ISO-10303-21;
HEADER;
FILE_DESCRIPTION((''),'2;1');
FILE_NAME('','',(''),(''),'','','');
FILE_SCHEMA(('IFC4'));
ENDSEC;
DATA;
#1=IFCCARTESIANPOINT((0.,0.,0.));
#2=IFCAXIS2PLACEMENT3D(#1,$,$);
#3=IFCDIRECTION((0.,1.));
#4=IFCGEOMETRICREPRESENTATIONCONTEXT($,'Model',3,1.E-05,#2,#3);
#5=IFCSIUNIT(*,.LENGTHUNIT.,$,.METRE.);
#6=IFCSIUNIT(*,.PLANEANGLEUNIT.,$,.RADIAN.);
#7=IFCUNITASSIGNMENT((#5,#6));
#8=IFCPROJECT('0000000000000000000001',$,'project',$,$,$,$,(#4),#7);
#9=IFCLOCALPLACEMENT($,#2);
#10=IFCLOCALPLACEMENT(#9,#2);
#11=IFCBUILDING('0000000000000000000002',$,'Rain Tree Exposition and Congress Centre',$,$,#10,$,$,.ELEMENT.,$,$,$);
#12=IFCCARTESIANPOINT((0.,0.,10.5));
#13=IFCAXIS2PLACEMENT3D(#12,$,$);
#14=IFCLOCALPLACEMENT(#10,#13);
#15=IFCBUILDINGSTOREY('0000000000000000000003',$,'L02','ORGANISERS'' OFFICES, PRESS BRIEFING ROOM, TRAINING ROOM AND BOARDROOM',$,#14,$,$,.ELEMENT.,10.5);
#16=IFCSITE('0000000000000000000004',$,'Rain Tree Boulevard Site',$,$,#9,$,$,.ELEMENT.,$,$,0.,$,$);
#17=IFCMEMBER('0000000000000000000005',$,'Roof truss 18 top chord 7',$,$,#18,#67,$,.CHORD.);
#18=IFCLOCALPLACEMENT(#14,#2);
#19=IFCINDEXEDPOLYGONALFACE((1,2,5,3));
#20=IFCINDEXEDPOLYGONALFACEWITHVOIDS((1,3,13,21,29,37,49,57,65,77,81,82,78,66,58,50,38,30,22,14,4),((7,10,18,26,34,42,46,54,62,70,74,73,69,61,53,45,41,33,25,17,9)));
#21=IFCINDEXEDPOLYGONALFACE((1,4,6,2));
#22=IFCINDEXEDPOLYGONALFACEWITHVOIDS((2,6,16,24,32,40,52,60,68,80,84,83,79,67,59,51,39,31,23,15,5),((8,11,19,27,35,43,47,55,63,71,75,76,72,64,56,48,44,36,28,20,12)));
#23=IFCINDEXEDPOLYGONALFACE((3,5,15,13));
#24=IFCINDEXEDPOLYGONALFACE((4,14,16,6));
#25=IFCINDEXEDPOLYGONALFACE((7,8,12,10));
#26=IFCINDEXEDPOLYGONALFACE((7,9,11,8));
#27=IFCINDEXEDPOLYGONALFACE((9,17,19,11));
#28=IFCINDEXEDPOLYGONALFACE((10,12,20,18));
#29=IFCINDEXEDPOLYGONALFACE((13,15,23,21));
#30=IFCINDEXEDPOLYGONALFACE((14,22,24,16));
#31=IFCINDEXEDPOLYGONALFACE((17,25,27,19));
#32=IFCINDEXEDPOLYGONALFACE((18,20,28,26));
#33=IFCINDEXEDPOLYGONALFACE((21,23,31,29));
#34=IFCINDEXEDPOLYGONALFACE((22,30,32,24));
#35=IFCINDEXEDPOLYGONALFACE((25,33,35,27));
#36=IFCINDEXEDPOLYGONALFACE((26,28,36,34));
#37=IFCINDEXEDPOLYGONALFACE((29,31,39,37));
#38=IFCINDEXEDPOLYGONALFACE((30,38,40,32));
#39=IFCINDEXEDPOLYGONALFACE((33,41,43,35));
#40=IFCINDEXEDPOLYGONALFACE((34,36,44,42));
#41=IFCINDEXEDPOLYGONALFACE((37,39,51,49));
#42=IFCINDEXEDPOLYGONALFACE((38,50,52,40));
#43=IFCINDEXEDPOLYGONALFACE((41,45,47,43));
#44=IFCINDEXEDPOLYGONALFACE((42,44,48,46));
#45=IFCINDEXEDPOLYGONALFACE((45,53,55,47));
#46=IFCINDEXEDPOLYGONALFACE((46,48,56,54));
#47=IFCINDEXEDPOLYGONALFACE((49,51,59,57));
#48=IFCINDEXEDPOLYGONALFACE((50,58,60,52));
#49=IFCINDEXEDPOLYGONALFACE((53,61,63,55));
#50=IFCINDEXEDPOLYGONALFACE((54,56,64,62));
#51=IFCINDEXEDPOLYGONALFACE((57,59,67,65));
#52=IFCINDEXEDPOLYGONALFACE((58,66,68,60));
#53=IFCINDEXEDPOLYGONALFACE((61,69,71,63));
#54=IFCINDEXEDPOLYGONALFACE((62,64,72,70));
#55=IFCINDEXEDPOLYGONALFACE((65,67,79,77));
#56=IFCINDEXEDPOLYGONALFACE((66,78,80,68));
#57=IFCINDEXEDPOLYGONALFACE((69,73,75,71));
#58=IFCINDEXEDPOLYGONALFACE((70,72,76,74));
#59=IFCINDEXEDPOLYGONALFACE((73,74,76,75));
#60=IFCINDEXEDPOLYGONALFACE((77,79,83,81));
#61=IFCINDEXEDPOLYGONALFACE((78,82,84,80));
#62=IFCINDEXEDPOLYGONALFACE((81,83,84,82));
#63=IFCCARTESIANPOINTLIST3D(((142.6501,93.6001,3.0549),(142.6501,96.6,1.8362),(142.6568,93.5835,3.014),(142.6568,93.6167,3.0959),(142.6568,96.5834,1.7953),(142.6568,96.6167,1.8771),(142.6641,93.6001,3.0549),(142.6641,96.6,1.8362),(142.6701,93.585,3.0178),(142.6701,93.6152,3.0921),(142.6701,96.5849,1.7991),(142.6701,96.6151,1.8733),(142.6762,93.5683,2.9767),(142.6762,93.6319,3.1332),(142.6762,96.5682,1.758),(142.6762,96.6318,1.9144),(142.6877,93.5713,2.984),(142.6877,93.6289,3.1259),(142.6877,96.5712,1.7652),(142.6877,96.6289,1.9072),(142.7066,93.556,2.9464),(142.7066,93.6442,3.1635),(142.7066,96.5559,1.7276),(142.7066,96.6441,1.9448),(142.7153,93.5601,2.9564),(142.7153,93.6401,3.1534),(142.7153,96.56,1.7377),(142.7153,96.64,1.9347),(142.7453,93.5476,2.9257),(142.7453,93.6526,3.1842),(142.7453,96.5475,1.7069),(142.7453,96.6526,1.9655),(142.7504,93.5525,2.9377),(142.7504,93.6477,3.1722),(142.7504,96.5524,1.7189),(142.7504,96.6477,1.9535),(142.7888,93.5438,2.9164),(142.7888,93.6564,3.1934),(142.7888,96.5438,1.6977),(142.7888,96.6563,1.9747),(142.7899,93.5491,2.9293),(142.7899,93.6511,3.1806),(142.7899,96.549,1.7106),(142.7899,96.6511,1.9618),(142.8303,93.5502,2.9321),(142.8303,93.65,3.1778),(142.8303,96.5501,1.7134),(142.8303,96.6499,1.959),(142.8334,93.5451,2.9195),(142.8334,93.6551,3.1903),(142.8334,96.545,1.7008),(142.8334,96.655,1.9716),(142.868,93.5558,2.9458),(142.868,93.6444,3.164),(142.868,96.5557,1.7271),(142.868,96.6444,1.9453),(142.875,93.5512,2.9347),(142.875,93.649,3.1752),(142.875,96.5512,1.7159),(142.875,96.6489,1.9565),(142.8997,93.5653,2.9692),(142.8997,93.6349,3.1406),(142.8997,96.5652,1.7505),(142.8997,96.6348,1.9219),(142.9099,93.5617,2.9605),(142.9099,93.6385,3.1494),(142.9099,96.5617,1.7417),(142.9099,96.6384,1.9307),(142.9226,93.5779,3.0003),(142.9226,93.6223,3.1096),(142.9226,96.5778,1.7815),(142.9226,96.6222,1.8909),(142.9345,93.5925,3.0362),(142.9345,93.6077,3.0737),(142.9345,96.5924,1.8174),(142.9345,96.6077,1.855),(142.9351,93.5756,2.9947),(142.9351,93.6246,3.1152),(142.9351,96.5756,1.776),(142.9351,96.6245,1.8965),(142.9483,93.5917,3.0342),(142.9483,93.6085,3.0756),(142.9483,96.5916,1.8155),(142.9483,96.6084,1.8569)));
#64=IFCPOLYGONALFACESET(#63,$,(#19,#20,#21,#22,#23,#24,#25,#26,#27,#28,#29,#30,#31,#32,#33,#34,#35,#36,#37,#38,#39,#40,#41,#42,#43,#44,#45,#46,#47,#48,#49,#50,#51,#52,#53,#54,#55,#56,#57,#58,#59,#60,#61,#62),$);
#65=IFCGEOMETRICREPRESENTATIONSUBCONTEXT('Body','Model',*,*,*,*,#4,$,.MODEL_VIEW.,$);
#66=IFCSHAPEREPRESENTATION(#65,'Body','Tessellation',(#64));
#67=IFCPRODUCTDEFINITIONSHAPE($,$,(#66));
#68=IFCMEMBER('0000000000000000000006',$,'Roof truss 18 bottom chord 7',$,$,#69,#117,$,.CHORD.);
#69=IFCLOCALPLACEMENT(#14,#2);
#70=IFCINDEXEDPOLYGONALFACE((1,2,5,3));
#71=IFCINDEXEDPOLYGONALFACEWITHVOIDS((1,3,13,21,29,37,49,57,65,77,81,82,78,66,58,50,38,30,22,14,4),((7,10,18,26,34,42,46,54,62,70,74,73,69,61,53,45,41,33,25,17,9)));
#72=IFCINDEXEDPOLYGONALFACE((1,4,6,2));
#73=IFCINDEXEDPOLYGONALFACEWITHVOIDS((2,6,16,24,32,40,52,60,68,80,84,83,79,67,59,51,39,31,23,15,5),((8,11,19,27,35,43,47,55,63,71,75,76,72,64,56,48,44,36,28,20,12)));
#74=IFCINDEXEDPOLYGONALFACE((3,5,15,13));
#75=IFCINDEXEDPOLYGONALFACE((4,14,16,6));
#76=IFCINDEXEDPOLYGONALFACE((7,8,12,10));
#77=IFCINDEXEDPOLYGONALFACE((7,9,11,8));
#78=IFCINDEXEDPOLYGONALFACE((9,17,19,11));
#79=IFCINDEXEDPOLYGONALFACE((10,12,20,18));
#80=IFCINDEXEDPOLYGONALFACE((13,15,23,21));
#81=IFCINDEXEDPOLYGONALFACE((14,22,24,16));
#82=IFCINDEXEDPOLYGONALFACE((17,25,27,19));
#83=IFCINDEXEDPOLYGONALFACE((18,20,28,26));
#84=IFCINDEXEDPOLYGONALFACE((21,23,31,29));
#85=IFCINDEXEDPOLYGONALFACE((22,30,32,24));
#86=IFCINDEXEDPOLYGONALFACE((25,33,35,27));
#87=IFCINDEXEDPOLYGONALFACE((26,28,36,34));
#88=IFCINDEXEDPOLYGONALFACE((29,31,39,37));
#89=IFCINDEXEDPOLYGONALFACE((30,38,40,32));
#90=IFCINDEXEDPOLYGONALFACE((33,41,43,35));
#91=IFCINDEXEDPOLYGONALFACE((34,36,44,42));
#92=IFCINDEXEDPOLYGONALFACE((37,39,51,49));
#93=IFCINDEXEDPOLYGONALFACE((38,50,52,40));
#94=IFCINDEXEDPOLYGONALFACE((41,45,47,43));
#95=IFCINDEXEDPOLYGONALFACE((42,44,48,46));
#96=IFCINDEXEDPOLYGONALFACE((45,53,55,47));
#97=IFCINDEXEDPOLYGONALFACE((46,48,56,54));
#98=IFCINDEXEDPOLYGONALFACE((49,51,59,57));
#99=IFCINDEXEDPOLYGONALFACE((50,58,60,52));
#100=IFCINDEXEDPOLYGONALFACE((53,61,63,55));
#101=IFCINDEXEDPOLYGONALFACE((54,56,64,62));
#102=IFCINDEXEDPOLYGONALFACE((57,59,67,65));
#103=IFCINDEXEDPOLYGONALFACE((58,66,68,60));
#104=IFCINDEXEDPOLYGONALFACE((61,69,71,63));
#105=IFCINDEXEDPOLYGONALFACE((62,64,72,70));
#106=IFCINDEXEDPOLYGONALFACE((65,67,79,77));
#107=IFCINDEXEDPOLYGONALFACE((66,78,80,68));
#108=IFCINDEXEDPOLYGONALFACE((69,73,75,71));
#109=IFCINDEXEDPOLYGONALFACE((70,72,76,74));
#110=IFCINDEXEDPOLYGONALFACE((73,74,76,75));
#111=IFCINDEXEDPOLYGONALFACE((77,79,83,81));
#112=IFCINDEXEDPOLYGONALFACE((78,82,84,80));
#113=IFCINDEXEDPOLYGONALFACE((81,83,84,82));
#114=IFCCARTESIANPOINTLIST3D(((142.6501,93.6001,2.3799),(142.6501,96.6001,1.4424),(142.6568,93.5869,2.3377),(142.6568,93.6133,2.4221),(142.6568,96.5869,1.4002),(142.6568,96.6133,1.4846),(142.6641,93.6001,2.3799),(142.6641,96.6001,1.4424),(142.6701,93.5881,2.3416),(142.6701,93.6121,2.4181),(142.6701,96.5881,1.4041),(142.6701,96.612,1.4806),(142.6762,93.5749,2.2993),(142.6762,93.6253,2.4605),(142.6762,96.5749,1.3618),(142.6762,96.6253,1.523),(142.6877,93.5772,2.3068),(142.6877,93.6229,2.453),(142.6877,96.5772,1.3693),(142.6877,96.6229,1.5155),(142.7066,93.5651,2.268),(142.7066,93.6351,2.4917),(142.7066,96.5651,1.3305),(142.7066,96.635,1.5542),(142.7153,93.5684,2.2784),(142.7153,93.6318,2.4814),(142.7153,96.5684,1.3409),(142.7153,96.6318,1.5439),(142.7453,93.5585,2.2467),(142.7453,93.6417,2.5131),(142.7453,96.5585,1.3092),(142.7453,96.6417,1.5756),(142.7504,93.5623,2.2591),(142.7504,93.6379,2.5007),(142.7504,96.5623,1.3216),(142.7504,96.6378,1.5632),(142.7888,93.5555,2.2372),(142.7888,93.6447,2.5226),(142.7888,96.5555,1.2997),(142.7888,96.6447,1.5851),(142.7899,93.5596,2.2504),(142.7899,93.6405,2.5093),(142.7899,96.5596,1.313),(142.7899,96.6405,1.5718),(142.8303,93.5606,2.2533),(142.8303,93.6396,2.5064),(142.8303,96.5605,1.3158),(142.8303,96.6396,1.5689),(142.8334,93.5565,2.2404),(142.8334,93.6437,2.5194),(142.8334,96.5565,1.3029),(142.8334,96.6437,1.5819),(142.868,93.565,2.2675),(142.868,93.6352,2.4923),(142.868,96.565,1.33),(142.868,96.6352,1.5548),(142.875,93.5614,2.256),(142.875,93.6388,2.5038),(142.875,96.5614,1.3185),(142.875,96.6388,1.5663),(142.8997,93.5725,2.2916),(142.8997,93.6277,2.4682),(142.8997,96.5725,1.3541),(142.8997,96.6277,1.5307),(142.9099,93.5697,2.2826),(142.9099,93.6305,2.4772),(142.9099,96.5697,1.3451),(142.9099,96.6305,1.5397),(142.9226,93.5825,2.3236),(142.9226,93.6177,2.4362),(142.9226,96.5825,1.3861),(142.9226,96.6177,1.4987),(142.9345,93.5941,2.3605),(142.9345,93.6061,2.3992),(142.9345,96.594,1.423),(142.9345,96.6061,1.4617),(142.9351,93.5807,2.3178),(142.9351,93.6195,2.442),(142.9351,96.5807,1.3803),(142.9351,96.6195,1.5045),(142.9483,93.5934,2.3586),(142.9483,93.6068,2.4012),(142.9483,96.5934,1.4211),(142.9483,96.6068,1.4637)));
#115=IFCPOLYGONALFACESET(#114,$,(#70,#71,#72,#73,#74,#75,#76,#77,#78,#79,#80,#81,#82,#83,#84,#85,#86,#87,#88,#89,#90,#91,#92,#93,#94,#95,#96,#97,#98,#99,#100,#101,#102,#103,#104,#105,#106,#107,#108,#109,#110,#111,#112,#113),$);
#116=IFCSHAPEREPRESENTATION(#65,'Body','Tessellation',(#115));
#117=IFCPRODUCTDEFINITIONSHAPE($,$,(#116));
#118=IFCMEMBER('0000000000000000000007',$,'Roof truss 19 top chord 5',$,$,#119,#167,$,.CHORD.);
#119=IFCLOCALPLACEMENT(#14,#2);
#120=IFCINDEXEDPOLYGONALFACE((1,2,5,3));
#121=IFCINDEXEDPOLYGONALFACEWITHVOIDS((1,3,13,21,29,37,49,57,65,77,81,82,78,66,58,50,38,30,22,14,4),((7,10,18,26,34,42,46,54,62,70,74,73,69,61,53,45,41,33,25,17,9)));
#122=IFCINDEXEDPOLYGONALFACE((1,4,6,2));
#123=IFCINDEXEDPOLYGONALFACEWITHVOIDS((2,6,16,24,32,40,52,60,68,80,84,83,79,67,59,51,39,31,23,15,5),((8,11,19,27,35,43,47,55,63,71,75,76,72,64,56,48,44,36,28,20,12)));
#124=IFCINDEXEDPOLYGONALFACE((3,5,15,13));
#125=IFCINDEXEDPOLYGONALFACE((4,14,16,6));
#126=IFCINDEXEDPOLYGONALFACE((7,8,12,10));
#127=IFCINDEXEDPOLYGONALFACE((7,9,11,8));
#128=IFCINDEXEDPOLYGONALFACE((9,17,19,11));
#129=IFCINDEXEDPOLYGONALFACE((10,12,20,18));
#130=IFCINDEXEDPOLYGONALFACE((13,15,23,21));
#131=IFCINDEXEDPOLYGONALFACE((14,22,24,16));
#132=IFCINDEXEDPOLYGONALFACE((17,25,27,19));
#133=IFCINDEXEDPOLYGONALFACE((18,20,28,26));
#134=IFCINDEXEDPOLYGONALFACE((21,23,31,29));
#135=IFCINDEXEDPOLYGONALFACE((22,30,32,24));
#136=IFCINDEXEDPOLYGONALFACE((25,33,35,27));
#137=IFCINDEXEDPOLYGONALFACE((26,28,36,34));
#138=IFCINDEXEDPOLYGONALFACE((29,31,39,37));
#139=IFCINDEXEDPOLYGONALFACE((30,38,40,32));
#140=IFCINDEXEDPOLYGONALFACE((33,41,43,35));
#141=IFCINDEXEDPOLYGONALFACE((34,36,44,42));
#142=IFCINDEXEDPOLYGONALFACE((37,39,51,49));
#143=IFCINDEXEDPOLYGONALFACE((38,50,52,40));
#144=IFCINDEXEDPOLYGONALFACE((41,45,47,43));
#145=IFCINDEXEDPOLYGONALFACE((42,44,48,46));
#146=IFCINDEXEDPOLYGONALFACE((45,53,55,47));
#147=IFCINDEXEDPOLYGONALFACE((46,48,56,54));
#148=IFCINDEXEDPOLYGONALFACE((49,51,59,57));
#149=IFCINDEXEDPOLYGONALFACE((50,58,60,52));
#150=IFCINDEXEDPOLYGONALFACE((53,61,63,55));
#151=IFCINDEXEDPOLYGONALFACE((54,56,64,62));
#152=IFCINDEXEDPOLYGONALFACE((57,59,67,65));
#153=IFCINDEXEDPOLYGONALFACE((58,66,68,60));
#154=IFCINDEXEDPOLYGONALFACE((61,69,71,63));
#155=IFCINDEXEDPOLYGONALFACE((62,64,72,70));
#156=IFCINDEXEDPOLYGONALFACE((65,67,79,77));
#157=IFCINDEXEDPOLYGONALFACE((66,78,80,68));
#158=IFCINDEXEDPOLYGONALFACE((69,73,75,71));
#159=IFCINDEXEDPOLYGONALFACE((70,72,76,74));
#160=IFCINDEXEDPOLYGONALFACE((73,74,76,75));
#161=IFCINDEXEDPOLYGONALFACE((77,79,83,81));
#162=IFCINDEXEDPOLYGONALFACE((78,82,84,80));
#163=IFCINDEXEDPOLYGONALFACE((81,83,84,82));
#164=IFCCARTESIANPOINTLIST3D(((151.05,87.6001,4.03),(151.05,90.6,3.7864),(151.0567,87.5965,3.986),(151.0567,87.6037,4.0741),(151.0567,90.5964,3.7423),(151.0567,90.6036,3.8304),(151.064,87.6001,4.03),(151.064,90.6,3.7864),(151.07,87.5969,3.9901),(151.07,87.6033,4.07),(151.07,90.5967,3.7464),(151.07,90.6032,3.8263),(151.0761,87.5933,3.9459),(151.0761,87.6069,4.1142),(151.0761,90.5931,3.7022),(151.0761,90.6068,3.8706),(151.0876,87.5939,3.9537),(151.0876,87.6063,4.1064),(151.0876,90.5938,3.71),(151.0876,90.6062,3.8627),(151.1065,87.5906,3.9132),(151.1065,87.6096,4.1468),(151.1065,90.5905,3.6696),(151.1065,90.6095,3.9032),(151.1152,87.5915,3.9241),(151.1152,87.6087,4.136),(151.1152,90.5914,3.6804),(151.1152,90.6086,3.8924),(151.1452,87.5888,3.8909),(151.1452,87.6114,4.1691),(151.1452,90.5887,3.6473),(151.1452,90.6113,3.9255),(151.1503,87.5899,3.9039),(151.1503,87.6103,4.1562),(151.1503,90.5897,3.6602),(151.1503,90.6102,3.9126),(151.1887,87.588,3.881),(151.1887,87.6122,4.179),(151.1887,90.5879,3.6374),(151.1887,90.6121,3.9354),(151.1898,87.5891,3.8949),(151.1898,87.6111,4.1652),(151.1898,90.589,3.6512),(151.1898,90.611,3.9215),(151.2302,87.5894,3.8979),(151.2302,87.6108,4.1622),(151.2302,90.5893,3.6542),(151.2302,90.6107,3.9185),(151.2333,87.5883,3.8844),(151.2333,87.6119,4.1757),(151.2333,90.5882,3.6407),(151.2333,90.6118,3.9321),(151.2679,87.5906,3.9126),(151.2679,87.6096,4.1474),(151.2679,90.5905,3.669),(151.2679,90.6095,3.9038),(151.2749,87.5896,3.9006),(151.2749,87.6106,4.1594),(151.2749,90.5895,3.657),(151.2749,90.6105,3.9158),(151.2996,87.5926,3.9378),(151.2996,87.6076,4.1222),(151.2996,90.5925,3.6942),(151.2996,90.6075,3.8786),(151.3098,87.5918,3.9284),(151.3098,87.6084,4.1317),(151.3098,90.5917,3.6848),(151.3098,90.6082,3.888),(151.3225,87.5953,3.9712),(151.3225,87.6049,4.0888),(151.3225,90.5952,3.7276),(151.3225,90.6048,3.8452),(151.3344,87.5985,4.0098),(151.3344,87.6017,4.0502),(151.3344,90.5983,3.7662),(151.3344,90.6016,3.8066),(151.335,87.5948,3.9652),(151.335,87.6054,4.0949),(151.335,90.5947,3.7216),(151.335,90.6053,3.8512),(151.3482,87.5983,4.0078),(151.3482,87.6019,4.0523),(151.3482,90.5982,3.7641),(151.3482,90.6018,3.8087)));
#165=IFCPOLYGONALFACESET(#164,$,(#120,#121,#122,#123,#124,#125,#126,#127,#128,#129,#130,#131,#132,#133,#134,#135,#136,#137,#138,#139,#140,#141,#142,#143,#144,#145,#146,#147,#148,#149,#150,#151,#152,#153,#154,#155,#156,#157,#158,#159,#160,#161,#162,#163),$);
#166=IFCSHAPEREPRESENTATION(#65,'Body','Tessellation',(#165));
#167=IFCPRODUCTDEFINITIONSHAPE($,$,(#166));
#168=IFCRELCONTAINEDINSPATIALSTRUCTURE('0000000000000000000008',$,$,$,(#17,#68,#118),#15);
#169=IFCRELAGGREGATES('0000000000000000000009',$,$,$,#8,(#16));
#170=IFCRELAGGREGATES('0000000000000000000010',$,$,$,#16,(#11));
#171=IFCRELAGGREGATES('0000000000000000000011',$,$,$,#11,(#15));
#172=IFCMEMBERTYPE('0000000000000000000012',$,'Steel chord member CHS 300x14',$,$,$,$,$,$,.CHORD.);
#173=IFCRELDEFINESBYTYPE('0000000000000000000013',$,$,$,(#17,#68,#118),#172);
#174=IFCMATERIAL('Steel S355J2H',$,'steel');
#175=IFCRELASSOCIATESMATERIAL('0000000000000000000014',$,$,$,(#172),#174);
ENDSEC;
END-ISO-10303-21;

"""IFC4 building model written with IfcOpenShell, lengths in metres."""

from ifc_helpers import new_model, si_unit, direction, frame, origin, origin_2d, place, context, subcontext, project, spatial, hollow_circle, extrude, material, material_profile, profile_set, type_object, element, save


model = new_model("IFC4")

# Units and contexts
model_context = context("Model", 3, precision=1e-05, world=origin(), true_north=direction((0.0, 1.0)))
body_context = subcontext(model_context, "Body", "Model", "MODEL_VIEW")
ifc_project = project(units=[si_unit("LENGTHUNIT", "METRE"), si_unit("PLANEANGLEUNIT", "RADIAN")], contexts=[model_context])

# Site, building, storey
site_placement = place(None, origin())
site = spatial("IfcSite", under=ifc_project, at=site_placement, Name="Rain Tree Boulevard Site", CompositionType="ELEMENT", RefElevation=0.0)
building_placement = place(site_placement, origin())
building = spatial("IfcBuilding", under=site, at=building_placement, Name="Rain Tree Exposition and Congress Centre", CompositionType="ELEMENT")
storey_placement = place(building_placement, frame((0.0, 0.0, 10.5)))
storey = spatial("IfcBuildingStorey", under=building, at=storey_placement, Name="L02", Description="ORGANISERS' OFFICES, PRESS BRIEFING ROOM, TRAINING ROOM AND BOARDROOM", CompositionType="ELEMENT", Elevation=10.5)

# Members
ifc_material_1 = material(Name="Steel S355J2H", Category="steel")
ifc_material_profile_1 = material_profile(ifc_material_1, hollow_circle(Radius=0.1499, WallThickness=0.0139, at=origin_2d()), Name="CHS 300x14")
ifc_profile_set_1 = profile_set([ifc_material_profile_1], Name="Steel S355J2H")
member_type_1 = type_object("IfcMemberType", Name="Steel chord member CHS 300x14", PredefinedType="CHORD", material=ifc_profile_set_1)
member_1_placement = place(storey_placement, frame((142.8, 93.6001, 3.0549), z_axis=(0.0, 0.926467, -0.376377), x_axis=(-1.0, 0.0, 0.0)))
element("IfcMember", 1, at=member_1_placement, inside=storey, type_object=member_type_1, Name="Roof truss 18 top chord 7", PredefinedType="CHORD", context=body_context, shape_type="SweptSolid", body=[
    extrude(hollow_circle(Radius=0.1499, WallThickness=0.0139, at=origin_2d()), origin(), (0.0, 0.0, 1.0), 3.238),
])
member_2_placement = place(storey_placement, frame((142.8, 93.6001, 2.3799), z_axis=(0.0, 0.95448, -0.298275), x_axis=(-1.0, 0.0, 0.0)))
element("IfcMember", 2, at=member_2_placement, inside=storey, type_object=member_type_1, Name="Roof truss 18 bottom chord 7", PredefinedType="CHORD", context=body_context, shape_type="SweptSolid", body=[
    extrude(hollow_circle(Radius=0.1499, WallThickness=0.0139, at=origin_2d()), origin(), (0.0, 0.0, 1.0), 3.1431),
])
member_3_placement = place(storey_placement, frame((151.2, 87.6001, 4.03), z_axis=(0.0, 0.996718, -0.080951), x_axis=(-1.0, 0.0, 0.0)))
element("IfcMember", 3, at=member_3_placement, inside=storey, type_object=member_type_1, Name="Roof truss 19 top chord 5", PredefinedType="CHORD", context=body_context, shape_type="SweptSolid", body=[
    extrude(hollow_circle(Radius=0.1499, WallThickness=0.0139, at=origin_2d()), origin(), (0.0, 0.0, 1.0), 3.0098),
])

save(model, "model.ifc")
